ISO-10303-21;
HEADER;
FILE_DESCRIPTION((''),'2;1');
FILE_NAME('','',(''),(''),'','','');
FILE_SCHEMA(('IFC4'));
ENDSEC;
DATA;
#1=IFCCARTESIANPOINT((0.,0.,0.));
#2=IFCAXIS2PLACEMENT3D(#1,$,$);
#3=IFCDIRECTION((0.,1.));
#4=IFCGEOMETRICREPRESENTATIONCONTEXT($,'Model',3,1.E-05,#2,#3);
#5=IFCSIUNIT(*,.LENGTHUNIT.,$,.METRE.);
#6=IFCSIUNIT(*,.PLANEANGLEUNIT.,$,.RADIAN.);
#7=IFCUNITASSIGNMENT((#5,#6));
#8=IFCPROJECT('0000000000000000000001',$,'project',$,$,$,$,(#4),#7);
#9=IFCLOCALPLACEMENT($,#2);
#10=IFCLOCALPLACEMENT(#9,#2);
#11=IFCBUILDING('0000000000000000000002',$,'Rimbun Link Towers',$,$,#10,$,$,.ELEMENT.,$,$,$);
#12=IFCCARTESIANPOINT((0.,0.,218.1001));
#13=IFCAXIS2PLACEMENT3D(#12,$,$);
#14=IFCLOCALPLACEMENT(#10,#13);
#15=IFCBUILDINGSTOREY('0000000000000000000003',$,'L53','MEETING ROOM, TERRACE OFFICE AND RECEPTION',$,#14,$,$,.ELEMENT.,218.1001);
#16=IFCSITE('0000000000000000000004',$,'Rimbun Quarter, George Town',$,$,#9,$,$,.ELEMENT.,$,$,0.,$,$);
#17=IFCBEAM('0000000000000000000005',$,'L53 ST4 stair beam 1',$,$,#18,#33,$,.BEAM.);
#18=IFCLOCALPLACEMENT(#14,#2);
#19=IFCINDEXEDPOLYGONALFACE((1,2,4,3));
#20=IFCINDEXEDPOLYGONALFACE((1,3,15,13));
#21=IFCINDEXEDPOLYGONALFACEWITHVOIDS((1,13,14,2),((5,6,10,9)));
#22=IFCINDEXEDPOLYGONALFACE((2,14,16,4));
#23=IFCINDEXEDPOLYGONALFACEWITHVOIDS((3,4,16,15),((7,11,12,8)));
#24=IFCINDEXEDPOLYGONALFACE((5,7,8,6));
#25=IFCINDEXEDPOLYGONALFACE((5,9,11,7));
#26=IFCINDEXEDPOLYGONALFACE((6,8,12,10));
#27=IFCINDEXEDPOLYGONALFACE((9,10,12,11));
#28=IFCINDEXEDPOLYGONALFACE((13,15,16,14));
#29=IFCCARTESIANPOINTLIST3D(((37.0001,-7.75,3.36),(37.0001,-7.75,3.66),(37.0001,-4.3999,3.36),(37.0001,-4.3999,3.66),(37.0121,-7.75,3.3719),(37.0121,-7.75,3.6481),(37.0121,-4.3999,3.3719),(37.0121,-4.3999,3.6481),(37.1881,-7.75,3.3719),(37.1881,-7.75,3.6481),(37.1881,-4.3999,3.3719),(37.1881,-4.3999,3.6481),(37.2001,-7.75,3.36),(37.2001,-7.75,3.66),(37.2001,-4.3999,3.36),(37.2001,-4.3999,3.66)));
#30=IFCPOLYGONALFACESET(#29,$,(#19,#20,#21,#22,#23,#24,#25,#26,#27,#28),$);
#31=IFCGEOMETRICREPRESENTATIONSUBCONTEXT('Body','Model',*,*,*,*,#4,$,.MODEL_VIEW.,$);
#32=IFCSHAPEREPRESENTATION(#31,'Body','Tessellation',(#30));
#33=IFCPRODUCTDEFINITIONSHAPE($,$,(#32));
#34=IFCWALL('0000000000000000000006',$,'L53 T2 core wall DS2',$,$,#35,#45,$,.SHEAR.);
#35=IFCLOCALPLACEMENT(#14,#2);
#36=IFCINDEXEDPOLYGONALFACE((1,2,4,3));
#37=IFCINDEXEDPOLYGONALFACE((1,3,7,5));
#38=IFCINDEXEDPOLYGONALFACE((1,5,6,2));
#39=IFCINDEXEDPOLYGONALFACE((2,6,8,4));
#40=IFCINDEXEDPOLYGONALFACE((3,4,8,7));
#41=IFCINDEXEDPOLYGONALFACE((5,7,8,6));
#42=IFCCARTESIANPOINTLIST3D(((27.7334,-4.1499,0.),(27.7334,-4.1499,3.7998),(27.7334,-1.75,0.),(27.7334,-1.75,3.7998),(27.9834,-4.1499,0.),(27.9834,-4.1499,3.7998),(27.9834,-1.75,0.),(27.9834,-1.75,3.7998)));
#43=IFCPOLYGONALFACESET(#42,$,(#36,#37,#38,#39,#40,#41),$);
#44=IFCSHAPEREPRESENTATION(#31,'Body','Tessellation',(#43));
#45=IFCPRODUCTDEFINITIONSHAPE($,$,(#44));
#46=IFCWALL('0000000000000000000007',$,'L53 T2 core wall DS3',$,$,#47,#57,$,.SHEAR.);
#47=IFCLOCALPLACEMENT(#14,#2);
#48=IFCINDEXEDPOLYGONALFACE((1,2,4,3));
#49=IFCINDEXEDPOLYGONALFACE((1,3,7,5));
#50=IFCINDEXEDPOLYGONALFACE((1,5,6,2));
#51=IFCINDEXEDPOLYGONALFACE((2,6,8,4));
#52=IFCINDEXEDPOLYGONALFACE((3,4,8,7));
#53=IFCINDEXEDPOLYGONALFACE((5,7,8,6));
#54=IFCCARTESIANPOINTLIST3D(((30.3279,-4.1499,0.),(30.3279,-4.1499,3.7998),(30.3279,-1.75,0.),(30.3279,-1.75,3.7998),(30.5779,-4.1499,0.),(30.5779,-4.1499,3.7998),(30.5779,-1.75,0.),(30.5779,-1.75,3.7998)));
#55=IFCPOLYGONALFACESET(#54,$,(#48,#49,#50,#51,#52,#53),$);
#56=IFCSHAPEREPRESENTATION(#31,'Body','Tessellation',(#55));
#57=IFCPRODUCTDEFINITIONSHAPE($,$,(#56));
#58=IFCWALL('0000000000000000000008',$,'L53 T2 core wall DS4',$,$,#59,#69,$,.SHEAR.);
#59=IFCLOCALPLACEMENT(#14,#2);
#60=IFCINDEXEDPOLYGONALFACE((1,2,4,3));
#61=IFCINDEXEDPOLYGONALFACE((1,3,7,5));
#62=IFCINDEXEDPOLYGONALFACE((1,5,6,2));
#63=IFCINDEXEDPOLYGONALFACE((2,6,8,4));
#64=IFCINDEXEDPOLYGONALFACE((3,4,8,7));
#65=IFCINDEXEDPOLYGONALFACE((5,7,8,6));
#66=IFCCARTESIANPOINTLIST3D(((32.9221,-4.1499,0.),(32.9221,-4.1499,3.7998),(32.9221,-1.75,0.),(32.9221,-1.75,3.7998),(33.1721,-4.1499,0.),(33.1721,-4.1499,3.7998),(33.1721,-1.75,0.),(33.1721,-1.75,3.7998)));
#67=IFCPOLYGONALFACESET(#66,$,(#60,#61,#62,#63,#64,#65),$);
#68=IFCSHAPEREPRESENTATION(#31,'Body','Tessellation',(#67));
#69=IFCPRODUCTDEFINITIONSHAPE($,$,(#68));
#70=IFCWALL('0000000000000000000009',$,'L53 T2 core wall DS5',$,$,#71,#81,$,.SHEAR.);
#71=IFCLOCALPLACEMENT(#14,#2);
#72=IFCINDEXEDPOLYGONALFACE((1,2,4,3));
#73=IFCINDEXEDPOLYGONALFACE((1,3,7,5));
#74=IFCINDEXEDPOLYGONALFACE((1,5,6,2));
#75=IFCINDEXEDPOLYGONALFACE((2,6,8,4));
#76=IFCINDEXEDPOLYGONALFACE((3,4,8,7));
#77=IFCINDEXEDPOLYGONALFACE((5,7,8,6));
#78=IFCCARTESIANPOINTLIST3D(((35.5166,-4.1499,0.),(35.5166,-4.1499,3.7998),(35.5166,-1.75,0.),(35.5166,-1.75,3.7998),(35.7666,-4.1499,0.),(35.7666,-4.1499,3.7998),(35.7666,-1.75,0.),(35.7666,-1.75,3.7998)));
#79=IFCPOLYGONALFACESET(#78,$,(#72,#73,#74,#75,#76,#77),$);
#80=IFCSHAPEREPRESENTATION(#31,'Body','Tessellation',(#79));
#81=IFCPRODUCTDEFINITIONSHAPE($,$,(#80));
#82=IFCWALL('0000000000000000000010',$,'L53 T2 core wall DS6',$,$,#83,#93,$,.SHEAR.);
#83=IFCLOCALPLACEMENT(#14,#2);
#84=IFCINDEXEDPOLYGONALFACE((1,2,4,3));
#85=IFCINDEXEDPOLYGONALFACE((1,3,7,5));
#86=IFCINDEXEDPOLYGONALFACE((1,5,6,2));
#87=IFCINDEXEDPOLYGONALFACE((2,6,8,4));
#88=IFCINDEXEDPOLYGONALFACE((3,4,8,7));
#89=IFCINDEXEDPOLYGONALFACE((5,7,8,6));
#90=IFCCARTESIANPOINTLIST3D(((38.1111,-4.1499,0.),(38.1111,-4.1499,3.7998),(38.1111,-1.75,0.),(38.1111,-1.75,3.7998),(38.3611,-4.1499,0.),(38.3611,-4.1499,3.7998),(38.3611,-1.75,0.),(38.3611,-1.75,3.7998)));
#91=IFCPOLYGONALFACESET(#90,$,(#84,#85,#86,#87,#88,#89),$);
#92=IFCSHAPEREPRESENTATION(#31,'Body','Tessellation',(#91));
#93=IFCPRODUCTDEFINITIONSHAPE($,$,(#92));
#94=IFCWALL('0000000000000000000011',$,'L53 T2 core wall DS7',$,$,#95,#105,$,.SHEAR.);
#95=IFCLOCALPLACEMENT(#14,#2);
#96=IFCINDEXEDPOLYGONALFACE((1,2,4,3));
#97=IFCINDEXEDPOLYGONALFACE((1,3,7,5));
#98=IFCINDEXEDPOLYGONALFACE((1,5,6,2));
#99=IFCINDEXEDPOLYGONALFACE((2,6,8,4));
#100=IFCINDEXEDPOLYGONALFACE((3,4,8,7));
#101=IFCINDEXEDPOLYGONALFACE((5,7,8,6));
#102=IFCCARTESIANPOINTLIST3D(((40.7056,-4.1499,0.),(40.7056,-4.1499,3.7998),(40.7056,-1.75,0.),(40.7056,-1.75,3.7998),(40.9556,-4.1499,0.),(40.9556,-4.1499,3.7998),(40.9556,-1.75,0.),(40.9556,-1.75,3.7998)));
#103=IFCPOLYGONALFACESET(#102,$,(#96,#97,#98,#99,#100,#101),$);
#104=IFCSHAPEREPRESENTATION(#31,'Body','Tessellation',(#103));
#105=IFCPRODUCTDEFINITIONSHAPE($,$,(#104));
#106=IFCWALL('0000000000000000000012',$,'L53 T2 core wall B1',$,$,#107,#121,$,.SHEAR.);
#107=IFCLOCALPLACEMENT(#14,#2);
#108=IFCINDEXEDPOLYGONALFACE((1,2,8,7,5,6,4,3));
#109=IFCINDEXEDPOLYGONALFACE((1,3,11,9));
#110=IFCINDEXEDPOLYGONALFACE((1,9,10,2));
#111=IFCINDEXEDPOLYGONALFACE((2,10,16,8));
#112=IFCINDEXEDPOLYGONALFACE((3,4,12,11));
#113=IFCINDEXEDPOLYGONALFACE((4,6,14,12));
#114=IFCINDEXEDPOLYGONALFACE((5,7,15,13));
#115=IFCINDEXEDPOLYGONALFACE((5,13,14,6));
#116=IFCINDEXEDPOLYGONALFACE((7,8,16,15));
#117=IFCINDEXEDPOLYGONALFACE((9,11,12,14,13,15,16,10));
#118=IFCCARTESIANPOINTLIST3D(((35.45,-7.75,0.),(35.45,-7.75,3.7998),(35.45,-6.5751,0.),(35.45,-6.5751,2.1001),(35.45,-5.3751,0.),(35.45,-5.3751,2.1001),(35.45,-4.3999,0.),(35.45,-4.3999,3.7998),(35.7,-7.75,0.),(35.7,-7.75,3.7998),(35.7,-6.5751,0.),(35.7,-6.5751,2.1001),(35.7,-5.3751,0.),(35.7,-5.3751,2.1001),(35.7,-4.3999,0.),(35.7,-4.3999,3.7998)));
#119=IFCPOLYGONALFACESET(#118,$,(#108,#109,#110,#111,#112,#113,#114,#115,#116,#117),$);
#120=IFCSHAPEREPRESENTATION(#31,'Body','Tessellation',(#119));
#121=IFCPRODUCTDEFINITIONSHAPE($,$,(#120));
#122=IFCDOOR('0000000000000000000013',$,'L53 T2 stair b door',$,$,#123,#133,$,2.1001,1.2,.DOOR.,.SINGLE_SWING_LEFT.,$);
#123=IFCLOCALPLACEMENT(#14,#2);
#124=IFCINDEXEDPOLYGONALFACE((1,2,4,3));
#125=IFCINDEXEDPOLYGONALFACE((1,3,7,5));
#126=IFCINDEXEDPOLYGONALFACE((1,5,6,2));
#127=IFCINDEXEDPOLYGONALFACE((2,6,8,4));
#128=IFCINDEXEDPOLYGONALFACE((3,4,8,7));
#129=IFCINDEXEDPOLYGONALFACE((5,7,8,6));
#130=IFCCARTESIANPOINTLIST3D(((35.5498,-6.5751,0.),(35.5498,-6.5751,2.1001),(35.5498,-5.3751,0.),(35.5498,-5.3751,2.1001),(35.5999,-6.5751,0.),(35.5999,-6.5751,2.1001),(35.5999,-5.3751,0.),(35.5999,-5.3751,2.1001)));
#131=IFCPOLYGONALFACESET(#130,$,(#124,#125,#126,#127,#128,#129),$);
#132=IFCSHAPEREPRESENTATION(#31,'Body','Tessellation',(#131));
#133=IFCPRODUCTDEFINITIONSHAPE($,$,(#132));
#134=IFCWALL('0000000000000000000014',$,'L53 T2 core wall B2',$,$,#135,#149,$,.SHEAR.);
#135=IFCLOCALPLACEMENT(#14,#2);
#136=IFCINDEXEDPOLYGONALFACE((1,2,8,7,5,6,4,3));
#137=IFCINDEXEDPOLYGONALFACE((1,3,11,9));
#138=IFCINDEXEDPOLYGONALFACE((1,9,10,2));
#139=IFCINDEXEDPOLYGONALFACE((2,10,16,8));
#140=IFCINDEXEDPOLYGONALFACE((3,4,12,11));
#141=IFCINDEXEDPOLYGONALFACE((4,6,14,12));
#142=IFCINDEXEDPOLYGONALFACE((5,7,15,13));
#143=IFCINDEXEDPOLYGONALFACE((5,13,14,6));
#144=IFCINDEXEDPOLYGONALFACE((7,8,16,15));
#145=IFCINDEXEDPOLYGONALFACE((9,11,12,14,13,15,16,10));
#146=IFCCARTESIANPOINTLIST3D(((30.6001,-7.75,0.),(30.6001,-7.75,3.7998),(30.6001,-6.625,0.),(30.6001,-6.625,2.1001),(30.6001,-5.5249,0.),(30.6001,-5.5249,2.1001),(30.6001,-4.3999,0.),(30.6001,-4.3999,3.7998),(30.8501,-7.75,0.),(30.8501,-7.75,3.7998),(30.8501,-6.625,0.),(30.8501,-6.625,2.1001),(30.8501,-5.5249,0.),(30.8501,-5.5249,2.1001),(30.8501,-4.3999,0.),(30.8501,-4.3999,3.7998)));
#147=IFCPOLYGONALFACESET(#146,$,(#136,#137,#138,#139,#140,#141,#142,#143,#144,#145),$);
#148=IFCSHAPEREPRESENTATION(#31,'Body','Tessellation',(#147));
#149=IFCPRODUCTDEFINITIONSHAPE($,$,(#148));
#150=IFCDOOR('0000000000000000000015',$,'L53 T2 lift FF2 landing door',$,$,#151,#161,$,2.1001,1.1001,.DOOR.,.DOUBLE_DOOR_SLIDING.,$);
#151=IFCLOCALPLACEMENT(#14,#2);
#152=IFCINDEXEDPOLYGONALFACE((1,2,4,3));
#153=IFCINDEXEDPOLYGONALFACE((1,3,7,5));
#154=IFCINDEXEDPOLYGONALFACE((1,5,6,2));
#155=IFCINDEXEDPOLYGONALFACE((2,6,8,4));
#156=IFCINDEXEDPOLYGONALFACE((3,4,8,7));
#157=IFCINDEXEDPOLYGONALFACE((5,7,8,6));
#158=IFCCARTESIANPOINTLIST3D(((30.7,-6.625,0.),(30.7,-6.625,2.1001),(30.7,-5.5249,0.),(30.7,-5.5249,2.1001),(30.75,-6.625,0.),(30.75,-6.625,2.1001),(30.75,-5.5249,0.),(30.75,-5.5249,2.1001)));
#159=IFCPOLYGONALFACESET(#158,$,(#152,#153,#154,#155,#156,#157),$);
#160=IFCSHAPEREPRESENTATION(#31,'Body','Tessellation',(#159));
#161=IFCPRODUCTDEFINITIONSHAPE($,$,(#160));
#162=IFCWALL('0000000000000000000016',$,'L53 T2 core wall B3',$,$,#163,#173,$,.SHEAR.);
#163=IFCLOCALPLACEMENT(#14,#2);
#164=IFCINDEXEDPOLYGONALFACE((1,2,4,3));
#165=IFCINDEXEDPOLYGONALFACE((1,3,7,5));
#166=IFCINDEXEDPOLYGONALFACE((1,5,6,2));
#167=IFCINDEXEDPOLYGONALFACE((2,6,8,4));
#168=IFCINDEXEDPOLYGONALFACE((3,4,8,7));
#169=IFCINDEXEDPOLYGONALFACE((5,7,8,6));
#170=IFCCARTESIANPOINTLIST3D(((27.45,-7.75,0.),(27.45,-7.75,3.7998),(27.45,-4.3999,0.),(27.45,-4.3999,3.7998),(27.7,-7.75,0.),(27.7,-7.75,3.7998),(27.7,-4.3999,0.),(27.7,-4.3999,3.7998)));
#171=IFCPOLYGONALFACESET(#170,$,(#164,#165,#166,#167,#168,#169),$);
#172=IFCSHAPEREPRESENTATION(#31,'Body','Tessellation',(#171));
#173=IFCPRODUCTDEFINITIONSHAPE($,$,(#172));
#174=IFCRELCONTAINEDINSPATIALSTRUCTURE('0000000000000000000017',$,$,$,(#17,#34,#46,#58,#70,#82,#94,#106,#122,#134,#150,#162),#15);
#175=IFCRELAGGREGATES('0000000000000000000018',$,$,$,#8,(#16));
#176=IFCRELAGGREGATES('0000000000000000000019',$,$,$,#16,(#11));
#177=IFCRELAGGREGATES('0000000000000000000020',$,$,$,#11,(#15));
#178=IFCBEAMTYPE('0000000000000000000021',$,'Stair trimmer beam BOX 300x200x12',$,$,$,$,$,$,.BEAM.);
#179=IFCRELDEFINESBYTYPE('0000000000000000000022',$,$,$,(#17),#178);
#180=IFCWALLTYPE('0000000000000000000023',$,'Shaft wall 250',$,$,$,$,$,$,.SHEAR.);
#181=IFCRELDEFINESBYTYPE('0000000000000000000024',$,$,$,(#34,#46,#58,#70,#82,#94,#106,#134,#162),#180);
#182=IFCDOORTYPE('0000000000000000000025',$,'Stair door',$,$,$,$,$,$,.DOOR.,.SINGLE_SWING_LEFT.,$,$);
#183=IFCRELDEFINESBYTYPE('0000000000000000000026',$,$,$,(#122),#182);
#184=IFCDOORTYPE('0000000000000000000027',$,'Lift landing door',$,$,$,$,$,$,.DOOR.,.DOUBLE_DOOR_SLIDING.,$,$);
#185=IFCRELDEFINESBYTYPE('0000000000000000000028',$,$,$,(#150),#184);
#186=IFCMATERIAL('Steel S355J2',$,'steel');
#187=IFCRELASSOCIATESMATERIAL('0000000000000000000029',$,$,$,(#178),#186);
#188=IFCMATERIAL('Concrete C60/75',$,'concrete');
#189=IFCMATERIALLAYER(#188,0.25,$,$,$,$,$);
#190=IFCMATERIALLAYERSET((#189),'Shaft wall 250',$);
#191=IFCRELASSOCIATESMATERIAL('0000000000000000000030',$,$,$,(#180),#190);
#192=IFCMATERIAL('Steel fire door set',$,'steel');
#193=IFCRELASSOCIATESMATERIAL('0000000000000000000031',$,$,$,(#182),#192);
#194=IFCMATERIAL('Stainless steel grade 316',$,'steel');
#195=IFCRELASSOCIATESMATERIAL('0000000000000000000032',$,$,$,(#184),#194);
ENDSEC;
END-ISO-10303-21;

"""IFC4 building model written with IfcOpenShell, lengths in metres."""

from ifc_helpers import new_model, si_unit, direction, frame, frame_2d, origin, origin_2d, place, context, subcontext, project, spatial, rectangle, hollow_rectangle, extrude, material, layer, layer_set, material_profile, profile_set, type_object, element, fill, save


model = new_model("IFC4")

# Units and contexts
model_context = context("Model", 3, precision=1e-05, world=origin(), true_north=direction((0.0, 1.0)))
body_context = subcontext(model_context, "Body", "Model", "MODEL_VIEW")
ifc_project = project(units=[si_unit("LENGTHUNIT", "METRE"), si_unit("PLANEANGLEUNIT", "RADIAN")], contexts=[model_context])

# Site, building, storey
site_placement = place(None, origin())
site = spatial("IfcSite", under=ifc_project, at=site_placement, Name="Rimbun Quarter, George Town", CompositionType="ELEMENT", RefElevation=0.0)
building_placement = place(site_placement, origin())
building = spatial("IfcBuilding", under=site, at=building_placement, Name="Rimbun Link Towers", CompositionType="ELEMENT")
storey_placement = place(building_placement, frame((0.0, 0.0, 218.1001)))
storey = spatial("IfcBuildingStorey", under=building, at=storey_placement, Name="L53", Description="MEETING ROOM, TERRACE OFFICE AND RECEPTION", CompositionType="ELEMENT", Elevation=218.1001)

# Beam
ifc_material_1 = material(Name="Steel S355J2", Category="steel")
ifc_material_profile = material_profile(ifc_material_1, hollow_rectangle(XDim=0.2, YDim=0.3, WallThickness=0.012, at=origin_2d()), Name="BOX 300x200x12")
ifc_profile_set = profile_set([ifc_material_profile], Name="Steel S355J2")
beam_type = type_object("IfcBeamType", Name="Stair trimmer beam BOX 300x200x12", PredefinedType="BEAM", material=ifc_profile_set)
beam_placement = place(storey_placement, frame((37.1001, -7.75, 3.51), z_axis=(0.0, 1.0, 0.0), x_axis=(-1.0, 0.0, 0.0)))
element("IfcBeam", 1, at=beam_placement, inside=storey, type_object=beam_type, Name="L53 ST4 stair beam 1", PredefinedType="BEAM", context=body_context, shape_type="SweptSolid", body=[
    extrude(hollow_rectangle(XDim=0.2, YDim=0.3, WallThickness=0.012, at=origin_2d()), origin(), (0.0, 0.0, 1.0), 3.3501),
])

# Walls
ifc_material_2 = material(Name="Concrete C60/75", Category="concrete")
ifc_layer = layer(ifc_material_2, 0.25)
ifc_layer_set = layer_set([ifc_layer], Name="Shaft wall 250")
wall_type = type_object("IfcWallType", Name="Shaft wall 250", PredefinedType="SHEAR", material=ifc_layer_set)
for number, where, z_axis, x_axis, name in (
    (2, (27.8584, -4.1499, 0.0), (0.0, 0.0, 1.0), (0.0, 1.0, 0.0), "L53 T2 core wall DS2"),
    (3, (30.4529, -4.1499, 0.0), (0.0, 0.0, 1.0), (0.0, 1.0, 0.0), "L53 T2 core wall DS3"),
    (4, (33.0471, -4.1499, 0.0), (0.0, 0.0, 1.0), (0.0, 1.0, 0.0), "L53 T2 core wall DS4"),
    (5, (35.6416, -4.1499, 0.0), (0.0, 0.0, 1.0), (0.0, 1.0, 0.0), "L53 T2 core wall DS5"),
    (6, (38.2361, -4.1499, 0.0), (0.0, 0.0, 1.0), (0.0, 1.0, 0.0), "L53 T2 core wall DS6"),
    (7, (40.8306, -4.1499, 0.0), (0.0, 0.0, 1.0), (0.0, 1.0, 0.0), "L53 T2 core wall DS7"),
):
    element("IfcWall", number, at=place(storey_placement, frame(where, z_axis=z_axis, x_axis=x_axis)), inside=storey, type_object=wall_type, Name=name, PredefinedType="SHEAR", context=body_context, shape_type="SweptSolid", body=[
        extrude(rectangle(XDim=2.3999, YDim=0.25, at=frame_2d((1.2, 0.0))), origin(), (0.0, 0.0, 1.0), 3.7998),
    ])

# Walls, openings, doors
wall_1_placement = place(storey_placement, frame((35.575, -4.3999, 0.0), z_axis=(0.0, 0.0, 1.0), x_axis=(0.0, -1.0, 0.0)))
wall_1 = element("IfcWall", 8, at=wall_1_placement, inside=storey, type_object=wall_type, Name="L53 T2 core wall B1", PredefinedType="SHEAR", context=body_context, shape_type="SweptSolid", body=[
    extrude(rectangle(XDim=3.3501, YDim=0.25, at=frame_2d((1.675, 0.0))), origin(), (0.0, 0.0, 1.0), 3.7998),
])
opening_1_placement = place(wall_1_placement, frame((0.9751, 0.0, 0.0)))
opening_1 = element("IfcOpeningElement", 9, at=opening_1_placement, cuts=wall_1, PredefinedType="OPENING", context=body_context, shape_type="SweptSolid", body=[
    extrude(rectangle(XDim=1.2, YDim=2.1001, at=frame_2d((0.6001, 1.05))), frame((0.0, 0.135, 0.0), z_axis=(0.0, -1.0, 0.0), x_axis=(1.0, 0.0, 0.0)), (0.0, 0.0, 1.0), 0.27),
])
ifc_material_3 = material(Name="Steel fire door set", Category="steel")
door_type_1 = type_object("IfcDoorType", Name="Stair door", OperationType="SINGLE_SWING_LEFT", PredefinedType="DOOR", material=ifc_material_3)
door_1_placement = place(opening_1_placement, origin())
door_1 = element("IfcDoor", 10, at=door_1_placement, inside=storey, type_object=door_type_1, Name="L53 T2 stair b door", OperationType="SINGLE_SWING_LEFT", OverallHeight=2.1001, OverallWidth=1.2, PredefinedType="DOOR", context=body_context, shape_type="SweptSolid", body=[
    extrude(rectangle(XDim=1.2, YDim=2.1001, at=frame_2d((0.6001, 1.05))), frame((0.0, 0.0249, 0.0), z_axis=(0.0, -1.0, 0.0), x_axis=(1.0, 0.0, 0.0)), (0.0, 0.0, 1.0), 0.05),
])
fill(opening_1, door_1)
wall_2_placement = place(storey_placement, frame((30.7251, -4.3999, 0.0), z_axis=(0.0, 0.0, 1.0), x_axis=(0.0, -1.0, 0.0)))
wall_2 = element("IfcWall", 11, at=wall_2_placement, inside=storey, type_object=wall_type, Name="L53 T2 core wall B2", PredefinedType="SHEAR", context=body_context, shape_type="SweptSolid", body=[
    extrude(rectangle(XDim=3.3501, YDim=0.25, at=frame_2d((1.675, 0.0))), origin(), (0.0, 0.0, 1.0), 3.7998),
])
opening_2_placement = place(wall_2_placement, frame((1.125, 0.0, 0.0)))
opening_2 = element("IfcOpeningElement", 12, at=opening_2_placement, cuts=wall_2, PredefinedType="OPENING", context=body_context, shape_type="SweptSolid", body=[
    extrude(rectangle(XDim=1.1001, YDim=2.1001, at=frame_2d((0.55, 1.05))), frame((0.0, 0.135, 0.0), z_axis=(0.0, -1.0, 0.0), x_axis=(1.0, 0.0, 0.0)), (0.0, 0.0, 1.0), 0.27),
])
ifc_material_4 = material(Name="Stainless steel grade 316", Category="steel")
door_type_2 = type_object("IfcDoorType", Name="Lift landing door", OperationType="DOUBLE_DOOR_SLIDING", PredefinedType="DOOR", material=ifc_material_4)
door_2_placement = place(opening_2_placement, origin())
door_2 = element("IfcDoor", 13, at=door_2_placement, inside=storey, type_object=door_type_2, Name="L53 T2 lift FF2 landing door", OperationType="DOUBLE_DOOR_SLIDING", OverallHeight=2.1001, OverallWidth=1.1001, PredefinedType="DOOR", context=body_context, shape_type="SweptSolid", body=[
    extrude(rectangle(XDim=1.1001, YDim=2.1001, at=frame_2d((0.55, 1.05))), frame((0.0, 0.0249, 0.0), z_axis=(0.0, -1.0, 0.0), x_axis=(1.0, 0.0, 0.0)), (0.0, 0.0, 1.0), 0.05),
])
fill(opening_2, door_2)

# Wall
wall_3_placement = place(storey_placement, frame((27.575, -4.3999, 0.0), z_axis=(0.0, 0.0, 1.0), x_axis=(0.0, -1.0, 0.0)))
element("IfcWall", 14, at=wall_3_placement, inside=storey, type_object=wall_type, Name="L53 T2 core wall B3", PredefinedType="SHEAR", context=body_context, shape_type="SweptSolid", body=[
    extrude(rectangle(XDim=3.3501, YDim=0.25, at=frame_2d((1.675, 0.0))), origin(), (0.0, 0.0, 1.0), 3.7998),
])

save(model, "model.ifc")
